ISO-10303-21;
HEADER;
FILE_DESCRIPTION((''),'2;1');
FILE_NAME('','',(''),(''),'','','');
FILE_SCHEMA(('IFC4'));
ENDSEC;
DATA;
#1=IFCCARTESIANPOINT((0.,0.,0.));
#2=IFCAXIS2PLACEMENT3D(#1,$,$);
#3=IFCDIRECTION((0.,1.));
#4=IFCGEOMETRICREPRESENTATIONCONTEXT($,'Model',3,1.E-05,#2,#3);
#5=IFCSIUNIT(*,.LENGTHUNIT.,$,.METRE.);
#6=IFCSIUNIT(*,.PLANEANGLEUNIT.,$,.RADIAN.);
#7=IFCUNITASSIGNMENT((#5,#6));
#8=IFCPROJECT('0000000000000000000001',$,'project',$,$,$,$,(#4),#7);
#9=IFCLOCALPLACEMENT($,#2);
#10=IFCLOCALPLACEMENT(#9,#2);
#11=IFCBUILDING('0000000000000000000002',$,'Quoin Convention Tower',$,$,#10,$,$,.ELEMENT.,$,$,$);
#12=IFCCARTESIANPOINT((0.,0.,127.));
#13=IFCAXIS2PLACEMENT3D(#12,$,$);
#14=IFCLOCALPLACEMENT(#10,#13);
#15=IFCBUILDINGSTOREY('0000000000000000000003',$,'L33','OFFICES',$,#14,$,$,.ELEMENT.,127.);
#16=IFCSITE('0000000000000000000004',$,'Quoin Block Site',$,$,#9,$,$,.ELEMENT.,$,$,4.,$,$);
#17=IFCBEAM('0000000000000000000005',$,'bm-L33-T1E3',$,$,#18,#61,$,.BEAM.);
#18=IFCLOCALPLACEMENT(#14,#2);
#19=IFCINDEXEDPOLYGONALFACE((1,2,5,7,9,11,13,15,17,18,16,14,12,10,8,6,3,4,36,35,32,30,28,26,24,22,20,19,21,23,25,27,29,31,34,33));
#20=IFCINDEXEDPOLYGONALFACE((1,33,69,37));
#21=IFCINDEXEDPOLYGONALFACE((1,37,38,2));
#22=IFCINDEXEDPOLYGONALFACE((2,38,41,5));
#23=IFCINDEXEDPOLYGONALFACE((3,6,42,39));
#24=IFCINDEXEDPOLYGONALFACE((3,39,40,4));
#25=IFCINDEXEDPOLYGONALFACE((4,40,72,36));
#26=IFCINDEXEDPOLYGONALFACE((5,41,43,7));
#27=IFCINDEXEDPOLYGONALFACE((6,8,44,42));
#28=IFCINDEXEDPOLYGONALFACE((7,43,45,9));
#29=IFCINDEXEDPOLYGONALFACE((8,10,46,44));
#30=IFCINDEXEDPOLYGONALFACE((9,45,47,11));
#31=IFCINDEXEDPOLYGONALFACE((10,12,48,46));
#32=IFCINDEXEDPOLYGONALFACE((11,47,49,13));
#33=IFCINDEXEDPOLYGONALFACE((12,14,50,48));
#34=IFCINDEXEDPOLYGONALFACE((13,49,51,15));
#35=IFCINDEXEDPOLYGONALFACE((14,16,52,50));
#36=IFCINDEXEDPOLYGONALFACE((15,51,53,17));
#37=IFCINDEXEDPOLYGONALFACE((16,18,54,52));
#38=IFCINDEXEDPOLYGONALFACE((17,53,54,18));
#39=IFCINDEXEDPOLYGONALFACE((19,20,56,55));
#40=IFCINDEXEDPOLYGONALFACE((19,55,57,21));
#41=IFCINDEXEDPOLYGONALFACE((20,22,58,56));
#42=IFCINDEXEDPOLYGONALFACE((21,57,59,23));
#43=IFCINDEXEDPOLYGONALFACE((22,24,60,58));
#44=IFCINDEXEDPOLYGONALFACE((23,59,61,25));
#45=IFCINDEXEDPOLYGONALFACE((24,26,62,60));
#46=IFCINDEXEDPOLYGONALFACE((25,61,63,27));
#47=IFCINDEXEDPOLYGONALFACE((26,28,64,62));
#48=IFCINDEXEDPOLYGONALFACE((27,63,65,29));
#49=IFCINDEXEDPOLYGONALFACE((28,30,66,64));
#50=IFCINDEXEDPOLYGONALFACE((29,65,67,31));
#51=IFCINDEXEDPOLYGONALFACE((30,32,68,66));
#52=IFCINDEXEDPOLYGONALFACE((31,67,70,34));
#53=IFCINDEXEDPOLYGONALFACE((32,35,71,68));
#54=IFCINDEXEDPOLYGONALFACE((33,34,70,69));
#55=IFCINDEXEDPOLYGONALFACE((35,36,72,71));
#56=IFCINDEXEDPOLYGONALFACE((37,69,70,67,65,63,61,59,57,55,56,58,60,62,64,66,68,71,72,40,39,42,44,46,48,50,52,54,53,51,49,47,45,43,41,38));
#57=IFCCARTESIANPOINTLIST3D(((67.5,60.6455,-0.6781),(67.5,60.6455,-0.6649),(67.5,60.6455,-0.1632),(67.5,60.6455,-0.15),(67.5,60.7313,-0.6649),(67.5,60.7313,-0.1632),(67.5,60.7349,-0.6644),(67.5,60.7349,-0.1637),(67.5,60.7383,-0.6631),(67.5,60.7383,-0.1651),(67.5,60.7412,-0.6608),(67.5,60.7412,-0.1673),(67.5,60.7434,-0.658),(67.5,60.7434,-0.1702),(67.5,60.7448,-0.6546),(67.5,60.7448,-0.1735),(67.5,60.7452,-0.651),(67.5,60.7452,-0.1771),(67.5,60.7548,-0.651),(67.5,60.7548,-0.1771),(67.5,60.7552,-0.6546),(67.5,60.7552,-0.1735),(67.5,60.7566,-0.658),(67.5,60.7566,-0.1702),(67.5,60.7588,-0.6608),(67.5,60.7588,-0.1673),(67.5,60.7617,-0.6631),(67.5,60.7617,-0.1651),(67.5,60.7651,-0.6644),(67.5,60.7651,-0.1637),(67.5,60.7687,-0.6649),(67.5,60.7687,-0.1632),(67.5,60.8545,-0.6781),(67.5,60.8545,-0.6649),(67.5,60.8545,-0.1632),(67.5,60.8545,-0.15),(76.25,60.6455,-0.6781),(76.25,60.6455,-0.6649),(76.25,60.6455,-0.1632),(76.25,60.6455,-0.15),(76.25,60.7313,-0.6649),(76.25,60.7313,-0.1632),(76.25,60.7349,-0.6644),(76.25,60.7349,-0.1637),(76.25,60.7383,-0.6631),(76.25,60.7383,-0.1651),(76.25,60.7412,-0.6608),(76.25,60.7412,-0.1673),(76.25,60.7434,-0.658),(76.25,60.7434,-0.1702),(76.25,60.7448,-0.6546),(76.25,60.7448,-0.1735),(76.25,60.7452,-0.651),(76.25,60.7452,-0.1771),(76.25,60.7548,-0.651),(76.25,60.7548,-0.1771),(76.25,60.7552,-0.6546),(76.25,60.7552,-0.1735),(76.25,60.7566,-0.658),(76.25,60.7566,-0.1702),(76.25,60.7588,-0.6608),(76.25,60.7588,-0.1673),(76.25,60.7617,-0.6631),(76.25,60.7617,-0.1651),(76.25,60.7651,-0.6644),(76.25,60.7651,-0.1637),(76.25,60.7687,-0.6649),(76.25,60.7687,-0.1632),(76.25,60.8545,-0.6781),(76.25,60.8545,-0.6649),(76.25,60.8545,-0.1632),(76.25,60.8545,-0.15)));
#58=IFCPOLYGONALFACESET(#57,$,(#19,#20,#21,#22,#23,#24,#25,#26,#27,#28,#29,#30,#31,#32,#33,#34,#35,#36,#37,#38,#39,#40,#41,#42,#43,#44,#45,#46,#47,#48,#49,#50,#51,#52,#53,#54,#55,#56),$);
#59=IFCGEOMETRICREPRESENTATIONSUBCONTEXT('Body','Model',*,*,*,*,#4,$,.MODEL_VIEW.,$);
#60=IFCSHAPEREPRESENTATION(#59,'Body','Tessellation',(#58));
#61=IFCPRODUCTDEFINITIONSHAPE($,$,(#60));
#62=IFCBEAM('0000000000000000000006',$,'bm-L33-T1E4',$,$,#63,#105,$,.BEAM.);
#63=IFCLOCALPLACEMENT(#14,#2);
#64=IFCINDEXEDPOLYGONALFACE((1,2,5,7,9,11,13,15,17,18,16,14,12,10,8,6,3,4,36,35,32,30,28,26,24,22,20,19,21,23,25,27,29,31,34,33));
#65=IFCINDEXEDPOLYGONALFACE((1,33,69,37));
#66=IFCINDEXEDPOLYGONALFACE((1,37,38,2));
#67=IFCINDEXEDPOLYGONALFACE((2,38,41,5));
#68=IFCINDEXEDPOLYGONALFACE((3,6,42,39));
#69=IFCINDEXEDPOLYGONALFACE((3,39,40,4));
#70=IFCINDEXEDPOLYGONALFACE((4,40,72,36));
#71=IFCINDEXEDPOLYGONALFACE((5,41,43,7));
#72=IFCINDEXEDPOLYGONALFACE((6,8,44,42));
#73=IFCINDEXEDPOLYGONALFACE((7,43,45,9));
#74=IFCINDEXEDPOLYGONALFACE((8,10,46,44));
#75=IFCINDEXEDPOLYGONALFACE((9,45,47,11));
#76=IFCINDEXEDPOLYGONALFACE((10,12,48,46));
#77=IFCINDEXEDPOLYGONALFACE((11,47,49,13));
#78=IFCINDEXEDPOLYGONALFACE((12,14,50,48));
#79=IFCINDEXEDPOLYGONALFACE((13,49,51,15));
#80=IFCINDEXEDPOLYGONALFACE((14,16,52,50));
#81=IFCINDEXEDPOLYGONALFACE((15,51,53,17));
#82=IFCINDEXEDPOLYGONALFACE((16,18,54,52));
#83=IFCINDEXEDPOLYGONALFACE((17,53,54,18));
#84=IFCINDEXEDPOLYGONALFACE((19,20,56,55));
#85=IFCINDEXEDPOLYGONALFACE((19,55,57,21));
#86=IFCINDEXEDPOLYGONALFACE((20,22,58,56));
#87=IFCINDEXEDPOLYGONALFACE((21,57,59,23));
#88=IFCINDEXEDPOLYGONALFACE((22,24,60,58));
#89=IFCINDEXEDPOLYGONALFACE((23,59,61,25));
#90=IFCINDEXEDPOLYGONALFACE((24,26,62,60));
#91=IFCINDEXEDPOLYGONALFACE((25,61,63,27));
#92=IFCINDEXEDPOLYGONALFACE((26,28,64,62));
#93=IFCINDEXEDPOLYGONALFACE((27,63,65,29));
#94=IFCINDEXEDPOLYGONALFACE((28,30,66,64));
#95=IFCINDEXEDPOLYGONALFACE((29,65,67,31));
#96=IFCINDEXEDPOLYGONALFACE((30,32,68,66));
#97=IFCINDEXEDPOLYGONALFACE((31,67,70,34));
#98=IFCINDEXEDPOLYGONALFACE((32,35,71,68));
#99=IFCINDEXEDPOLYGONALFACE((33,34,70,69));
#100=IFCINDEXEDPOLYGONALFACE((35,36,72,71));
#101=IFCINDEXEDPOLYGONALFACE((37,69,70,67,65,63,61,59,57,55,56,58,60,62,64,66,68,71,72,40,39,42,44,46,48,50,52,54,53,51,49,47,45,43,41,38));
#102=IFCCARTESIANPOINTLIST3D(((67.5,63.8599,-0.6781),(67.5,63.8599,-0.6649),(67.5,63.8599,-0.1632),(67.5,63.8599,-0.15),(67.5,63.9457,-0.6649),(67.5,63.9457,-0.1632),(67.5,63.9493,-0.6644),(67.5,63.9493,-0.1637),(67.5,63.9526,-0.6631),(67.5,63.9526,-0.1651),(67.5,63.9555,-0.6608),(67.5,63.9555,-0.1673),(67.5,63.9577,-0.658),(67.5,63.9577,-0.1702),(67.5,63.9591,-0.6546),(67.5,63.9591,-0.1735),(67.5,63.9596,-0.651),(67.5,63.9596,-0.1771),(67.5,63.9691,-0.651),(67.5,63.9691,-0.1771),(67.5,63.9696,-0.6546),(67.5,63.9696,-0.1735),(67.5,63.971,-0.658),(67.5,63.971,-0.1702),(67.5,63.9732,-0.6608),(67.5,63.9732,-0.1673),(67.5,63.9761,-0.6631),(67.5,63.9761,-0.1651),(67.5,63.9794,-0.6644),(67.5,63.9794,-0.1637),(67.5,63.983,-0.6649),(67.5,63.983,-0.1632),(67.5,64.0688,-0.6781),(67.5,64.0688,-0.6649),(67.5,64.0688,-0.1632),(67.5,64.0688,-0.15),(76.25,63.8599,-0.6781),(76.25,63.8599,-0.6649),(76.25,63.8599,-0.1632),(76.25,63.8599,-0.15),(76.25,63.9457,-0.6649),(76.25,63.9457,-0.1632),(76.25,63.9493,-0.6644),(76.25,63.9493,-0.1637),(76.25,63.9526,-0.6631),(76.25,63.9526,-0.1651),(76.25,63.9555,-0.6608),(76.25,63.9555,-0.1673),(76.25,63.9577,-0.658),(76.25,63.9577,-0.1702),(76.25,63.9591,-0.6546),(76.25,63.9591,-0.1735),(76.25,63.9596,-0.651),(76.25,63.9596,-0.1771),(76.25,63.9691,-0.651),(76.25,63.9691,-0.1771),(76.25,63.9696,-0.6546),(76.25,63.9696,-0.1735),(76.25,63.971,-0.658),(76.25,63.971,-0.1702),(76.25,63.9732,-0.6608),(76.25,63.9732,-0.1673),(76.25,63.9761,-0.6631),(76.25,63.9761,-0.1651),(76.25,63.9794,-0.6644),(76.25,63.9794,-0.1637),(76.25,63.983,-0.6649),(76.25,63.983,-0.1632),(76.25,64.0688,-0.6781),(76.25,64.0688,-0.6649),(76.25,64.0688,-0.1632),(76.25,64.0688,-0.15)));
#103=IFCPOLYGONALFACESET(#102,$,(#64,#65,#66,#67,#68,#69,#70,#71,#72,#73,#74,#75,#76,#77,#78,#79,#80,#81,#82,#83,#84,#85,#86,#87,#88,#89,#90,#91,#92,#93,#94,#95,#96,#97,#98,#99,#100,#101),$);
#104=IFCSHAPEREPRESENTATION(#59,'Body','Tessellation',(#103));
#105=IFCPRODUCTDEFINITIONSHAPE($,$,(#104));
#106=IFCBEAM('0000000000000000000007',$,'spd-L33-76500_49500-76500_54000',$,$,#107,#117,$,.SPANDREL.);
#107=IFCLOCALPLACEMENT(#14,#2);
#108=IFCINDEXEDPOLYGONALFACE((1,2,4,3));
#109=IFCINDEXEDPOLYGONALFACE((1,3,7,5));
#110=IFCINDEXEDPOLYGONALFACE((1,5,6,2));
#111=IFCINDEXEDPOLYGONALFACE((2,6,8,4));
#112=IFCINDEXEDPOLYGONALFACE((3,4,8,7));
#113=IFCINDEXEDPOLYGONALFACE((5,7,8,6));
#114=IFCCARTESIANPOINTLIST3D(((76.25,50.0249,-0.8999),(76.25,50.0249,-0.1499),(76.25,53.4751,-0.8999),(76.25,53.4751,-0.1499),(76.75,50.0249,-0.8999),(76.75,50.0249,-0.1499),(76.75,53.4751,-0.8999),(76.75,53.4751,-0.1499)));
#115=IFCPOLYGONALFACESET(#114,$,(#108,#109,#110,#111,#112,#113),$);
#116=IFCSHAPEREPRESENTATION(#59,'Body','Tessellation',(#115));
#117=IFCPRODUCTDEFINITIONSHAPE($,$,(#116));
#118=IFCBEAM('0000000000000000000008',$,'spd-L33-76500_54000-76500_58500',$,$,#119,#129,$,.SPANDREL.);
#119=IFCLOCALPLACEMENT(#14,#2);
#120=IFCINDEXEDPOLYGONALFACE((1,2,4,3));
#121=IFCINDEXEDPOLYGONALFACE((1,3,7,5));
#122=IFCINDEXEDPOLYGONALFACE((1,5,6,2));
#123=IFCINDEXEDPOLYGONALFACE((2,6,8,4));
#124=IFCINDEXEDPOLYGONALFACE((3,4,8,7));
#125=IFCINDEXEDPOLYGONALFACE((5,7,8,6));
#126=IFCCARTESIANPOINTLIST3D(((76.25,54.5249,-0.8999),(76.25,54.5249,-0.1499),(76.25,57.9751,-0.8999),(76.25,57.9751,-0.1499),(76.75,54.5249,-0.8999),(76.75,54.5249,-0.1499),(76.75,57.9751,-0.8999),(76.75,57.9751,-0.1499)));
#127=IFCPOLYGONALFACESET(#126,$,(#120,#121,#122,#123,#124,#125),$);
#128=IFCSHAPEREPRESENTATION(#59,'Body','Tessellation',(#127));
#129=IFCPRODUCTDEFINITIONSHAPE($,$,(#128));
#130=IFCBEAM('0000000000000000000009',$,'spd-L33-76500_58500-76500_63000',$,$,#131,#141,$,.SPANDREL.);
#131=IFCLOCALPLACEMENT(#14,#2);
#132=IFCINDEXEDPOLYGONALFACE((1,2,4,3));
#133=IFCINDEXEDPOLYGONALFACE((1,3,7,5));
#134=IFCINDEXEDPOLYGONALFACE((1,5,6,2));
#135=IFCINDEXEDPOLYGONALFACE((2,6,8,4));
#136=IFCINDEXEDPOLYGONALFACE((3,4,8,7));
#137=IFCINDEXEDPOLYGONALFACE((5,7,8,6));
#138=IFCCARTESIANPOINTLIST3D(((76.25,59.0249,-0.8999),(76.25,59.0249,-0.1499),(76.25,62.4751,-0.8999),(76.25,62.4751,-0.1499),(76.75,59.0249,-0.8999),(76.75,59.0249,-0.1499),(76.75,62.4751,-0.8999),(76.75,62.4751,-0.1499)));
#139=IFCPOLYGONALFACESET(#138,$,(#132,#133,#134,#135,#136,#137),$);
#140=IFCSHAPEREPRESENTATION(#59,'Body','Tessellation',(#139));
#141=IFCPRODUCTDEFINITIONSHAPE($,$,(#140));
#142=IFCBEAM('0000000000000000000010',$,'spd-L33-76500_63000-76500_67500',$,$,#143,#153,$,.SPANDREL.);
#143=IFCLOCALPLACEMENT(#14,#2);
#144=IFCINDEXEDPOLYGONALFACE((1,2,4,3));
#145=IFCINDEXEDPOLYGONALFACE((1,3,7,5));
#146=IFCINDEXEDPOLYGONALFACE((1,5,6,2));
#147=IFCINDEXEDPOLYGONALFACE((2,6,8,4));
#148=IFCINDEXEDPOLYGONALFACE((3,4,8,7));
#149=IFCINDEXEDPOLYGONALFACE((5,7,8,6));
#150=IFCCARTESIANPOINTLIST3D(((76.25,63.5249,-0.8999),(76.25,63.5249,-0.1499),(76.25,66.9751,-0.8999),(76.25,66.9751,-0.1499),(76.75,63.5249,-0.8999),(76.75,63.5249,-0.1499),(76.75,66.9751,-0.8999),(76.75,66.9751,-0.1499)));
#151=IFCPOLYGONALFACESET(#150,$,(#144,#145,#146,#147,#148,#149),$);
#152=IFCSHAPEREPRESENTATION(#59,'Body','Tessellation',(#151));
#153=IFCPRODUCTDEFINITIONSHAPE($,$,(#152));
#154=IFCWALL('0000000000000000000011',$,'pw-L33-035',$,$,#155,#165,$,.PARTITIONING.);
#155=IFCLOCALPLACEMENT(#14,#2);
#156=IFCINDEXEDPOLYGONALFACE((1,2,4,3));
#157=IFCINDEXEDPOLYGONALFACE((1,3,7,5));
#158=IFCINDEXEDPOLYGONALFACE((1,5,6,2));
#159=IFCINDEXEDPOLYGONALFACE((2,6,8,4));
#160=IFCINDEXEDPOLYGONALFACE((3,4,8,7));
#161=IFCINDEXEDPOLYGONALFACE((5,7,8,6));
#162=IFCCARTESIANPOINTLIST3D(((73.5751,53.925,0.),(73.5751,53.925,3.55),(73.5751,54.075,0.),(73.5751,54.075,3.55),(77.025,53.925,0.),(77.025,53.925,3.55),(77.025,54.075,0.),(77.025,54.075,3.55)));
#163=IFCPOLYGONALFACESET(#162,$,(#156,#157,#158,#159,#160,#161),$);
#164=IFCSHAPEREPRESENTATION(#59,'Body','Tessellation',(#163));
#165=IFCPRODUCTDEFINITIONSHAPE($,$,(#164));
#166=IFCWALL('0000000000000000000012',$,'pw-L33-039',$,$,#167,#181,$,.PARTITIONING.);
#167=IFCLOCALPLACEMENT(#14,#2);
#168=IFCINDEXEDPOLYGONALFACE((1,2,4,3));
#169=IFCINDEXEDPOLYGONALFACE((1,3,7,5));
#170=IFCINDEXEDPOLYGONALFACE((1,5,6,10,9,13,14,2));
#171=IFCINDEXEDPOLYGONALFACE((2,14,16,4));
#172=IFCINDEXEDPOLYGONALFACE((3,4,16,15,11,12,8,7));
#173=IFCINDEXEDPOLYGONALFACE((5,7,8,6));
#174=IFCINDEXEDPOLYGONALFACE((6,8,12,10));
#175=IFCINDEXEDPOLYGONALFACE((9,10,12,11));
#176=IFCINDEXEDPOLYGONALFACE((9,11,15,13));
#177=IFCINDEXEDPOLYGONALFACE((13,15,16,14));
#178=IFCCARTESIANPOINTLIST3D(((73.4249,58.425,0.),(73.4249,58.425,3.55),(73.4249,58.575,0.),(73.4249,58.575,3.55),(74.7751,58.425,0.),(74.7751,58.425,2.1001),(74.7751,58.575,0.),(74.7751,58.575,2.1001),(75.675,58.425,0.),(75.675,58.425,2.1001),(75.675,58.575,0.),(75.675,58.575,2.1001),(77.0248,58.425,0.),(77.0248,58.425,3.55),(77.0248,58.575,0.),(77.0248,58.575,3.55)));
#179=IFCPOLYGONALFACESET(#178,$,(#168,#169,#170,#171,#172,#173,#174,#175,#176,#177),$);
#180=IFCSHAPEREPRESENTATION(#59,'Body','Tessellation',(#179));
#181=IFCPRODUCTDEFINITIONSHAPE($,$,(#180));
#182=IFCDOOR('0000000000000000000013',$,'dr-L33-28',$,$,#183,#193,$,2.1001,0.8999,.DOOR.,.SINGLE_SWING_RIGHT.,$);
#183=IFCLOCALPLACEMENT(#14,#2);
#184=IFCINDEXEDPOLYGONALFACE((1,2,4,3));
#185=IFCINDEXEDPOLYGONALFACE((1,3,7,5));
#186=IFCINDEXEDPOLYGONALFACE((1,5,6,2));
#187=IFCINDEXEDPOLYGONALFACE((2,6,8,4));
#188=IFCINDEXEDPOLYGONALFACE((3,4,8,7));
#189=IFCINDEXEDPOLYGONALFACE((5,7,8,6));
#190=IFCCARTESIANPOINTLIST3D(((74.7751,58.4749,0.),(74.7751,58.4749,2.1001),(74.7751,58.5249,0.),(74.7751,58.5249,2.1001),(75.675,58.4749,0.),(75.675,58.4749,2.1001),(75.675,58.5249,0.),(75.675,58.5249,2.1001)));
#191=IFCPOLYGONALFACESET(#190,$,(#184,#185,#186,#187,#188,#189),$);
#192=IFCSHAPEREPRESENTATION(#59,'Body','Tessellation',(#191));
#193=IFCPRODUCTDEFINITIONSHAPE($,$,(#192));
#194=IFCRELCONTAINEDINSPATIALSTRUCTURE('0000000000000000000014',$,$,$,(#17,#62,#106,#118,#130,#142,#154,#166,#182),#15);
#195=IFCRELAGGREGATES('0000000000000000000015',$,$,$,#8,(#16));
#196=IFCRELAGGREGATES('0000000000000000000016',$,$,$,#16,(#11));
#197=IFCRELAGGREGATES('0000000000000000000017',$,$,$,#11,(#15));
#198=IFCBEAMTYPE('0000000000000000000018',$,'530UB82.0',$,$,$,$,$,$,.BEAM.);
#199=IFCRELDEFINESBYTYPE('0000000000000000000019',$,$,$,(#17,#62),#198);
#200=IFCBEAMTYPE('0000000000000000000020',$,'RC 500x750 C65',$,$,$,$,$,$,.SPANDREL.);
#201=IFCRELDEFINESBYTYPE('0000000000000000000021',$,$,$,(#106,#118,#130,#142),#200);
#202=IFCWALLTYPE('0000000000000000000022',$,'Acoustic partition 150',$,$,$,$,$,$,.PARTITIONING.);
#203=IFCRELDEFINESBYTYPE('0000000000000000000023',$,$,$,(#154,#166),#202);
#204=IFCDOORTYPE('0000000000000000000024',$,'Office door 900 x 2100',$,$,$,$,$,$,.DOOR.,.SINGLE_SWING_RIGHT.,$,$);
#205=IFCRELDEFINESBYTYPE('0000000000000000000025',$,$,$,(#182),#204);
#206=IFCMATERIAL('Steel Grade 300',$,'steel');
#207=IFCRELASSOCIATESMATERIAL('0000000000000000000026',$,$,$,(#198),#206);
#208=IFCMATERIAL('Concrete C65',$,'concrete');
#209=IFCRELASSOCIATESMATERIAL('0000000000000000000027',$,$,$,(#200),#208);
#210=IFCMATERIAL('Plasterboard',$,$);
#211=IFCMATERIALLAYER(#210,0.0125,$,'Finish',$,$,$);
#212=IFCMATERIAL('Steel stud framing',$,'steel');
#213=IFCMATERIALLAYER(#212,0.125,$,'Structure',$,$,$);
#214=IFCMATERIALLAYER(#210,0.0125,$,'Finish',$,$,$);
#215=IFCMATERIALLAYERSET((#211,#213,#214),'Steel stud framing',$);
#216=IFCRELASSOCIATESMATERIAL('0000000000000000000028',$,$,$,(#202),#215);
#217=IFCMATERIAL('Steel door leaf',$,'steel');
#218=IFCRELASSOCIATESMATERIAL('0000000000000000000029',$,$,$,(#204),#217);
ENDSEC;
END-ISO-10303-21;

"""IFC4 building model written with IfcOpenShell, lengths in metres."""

from ifc_helpers import new_model, si_unit, direction, frame, frame_2d, origin, origin_2d, place, context, subcontext, project, spatial, rectangle, i_section, extrude, material, layer, layer_set, material_profile, profile_set, type_object, element, fill, save


model = new_model("IFC4")

# Units and contexts
model_context = context("Model", 3, precision=1e-05, world=origin(), true_north=direction((0.0, 1.0)))
body_context = subcontext(model_context, "Body", "Model", "MODEL_VIEW")
ifc_project = project(units=[si_unit("LENGTHUNIT", "METRE"), si_unit("PLANEANGLEUNIT", "RADIAN")], contexts=[model_context])

# Site, building, storey
site_placement = place(None, origin())
site = spatial("IfcSite", under=ifc_project, at=site_placement, Name="Quoin Block Site", CompositionType="ELEMENT", RefElevation=4.0)
building_placement = place(site_placement, origin())
building = spatial("IfcBuilding", under=site, at=building_placement, Name="Quoin Convention Tower", CompositionType="ELEMENT")
storey_placement = place(building_placement, frame((0.0, 0.0, 127.0)))
storey = spatial("IfcBuildingStorey", under=building, at=storey_placement, Name="L33", Description="OFFICES", CompositionType="ELEMENT", Elevation=127.0)

# Shared definitions
ifc_material_1 = material(Name="Concrete C65", Category="concrete")

# Beams
ifc_material_2 = material(Name="Steel Grade 300", Category="steel")
ifc_material_profile_1 = material_profile(ifc_material_2, i_section(OverallWidth=0.209, OverallDepth=0.5281, WebThickness=0.0095, FlangeThickness=0.0132, FilletRadius=0.0139, at=origin_2d()), Name="530UB82.0")
ifc_profile_set_1 = profile_set([ifc_material_profile_1], Name="Steel Grade 300")
beam_type_1 = type_object("IfcBeamType", Name="530UB82.0", PredefinedType="BEAM", material=ifc_profile_set_1)
for number, where, z_axis, x_axis, name in (
    (1, (67.5, 60.75, -0.4141), (1.0, 0.0, 0.0), (0.0, 1.0, 0.0), "bm-L33-T1E3"),
    (2, (67.5, 63.9644, -0.4141), (1.0, 0.0, 0.0), (0.0, 1.0, 0.0), "bm-L33-T1E4"),
):
    element("IfcBeam", number, at=place(storey_placement, frame(where, z_axis=z_axis, x_axis=x_axis)), inside=storey, type_object=beam_type_1, Name=name, PredefinedType="BEAM", context=body_context, shape_type="SweptSolid", body=[
        extrude(i_section(OverallWidth=0.209, OverallDepth=0.5281, WebThickness=0.0095, FlangeThickness=0.0132, FilletRadius=0.0139, at=origin_2d()), origin(), (0.0, 0.0, 1.0), 8.75),
    ])
ifc_material_profile_2 = material_profile(ifc_material_1, rectangle(XDim=0.5, YDim=0.75, at=origin_2d()), Name="RC 500x750")
ifc_profile_set_2 = profile_set([ifc_material_profile_2], Name="Concrete C65")
beam_type_2 = type_object("IfcBeamType", Name="RC 500x750 C65", PredefinedType="SPANDREL", material=ifc_profile_set_2)
for number, where, z_axis, x_axis, name in (
    (3, (76.5, 50.0249, -0.5249), (0.0, 1.0, 0.0), (-1.0, 0.0, 0.0), "spd-L33-76500_49500-76500_54000"),
    (4, (76.5, 54.5249, -0.5249), (0.0, 1.0, 0.0), (-1.0, 0.0, 0.0), "spd-L33-76500_54000-76500_58500"),
    (5, (76.5, 59.0249, -0.5249), (0.0, 1.0, 0.0), (-1.0, 0.0, 0.0), "spd-L33-76500_58500-76500_63000"),
    (6, (76.5, 63.5249, -0.5249), (0.0, 1.0, 0.0), (-1.0, 0.0, 0.0), "spd-L33-76500_63000-76500_67500"),
):
    element("IfcBeam", number, at=place(storey_placement, frame(where, z_axis=z_axis, x_axis=x_axis)), inside=storey, type_object=beam_type_2, Name=name, PredefinedType="SPANDREL", context=body_context, shape_type="SweptSolid", body=[
        extrude(rectangle(XDim=0.5, YDim=0.75, at=origin_2d()), origin(), (0.0, 0.0, 1.0), 3.4502),
    ])

# Wall
ifc_material_3 = material(Name="Plasterboard")
ifc_layer_1 = layer(ifc_material_3, 0.0125, Name="Finish")
ifc_material_4 = material(Name="Steel stud framing", Category="steel")
ifc_layer_2 = layer(ifc_material_4, 0.125, Name="Structure")
ifc_layer_3 = layer(ifc_material_3, 0.0125, Name="Finish")
ifc_layer_set_1 = layer_set([ifc_layer_1, ifc_layer_2, ifc_layer_3], Name="Steel stud framing")
wall_type_1 = type_object("IfcWallType", Name="Acoustic partition 150", PredefinedType="PARTITIONING", material=ifc_layer_set_1)
wall_1_placement = place(storey_placement, frame((73.575, 54.0, 0.0), z_axis=(0.0, 0.0, 1.0), x_axis=(1.0, 0.0, 0.0)))
element("IfcWall", 7, at=wall_1_placement, inside=storey, type_object=wall_type_1, Name="pw-L33-035", PredefinedType="PARTITIONING", context=body_context, shape_type="SweptSolid", body=[
    extrude(rectangle(XDim=3.45, YDim=0.1499, at=frame_2d((1.7251, 0.0))), origin(), (0.0, 0.0, 1.0), 3.55),
])

# Wall, opening, door
wall_2_placement = place(storey_placement, frame((73.425, 58.5, 0.0), z_axis=(0.0, 0.0, 1.0), x_axis=(1.0, 0.0, 0.0)))
wall_2 = element("IfcWall", 8, at=wall_2_placement, inside=storey, type_object=wall_type_1, Name="pw-L33-039", PredefinedType="PARTITIONING", context=body_context, shape_type="SweptSolid", body=[
    extrude(rectangle(XDim=3.5999, YDim=0.1499, at=frame_2d((1.7998, 0.0))), origin(), (0.0, 0.0, 1.0), 3.55),
])
opening_1_placement = place(wall_2_placement, frame((1.3501, 0.0, 0.0)))
opening_1 = element("IfcOpeningElement", 9, at=opening_1_placement, cuts=wall_2, PredefinedType="OPENING", context=body_context, shape_type="SweptSolid", body=[
    extrude(rectangle(XDim=0.8999, YDim=2.1001, at=frame_2d((0.45, 1.05))), frame((0.0, 0.085, 0.0), z_axis=(0.0, -1.0, 0.0), x_axis=(1.0, 0.0, 0.0)), (0.0, 0.0, 1.0), 0.1699),
])
ifc_material_5 = material(Name="Steel door leaf", Category="steel")
door_type_1 = type_object("IfcDoorType", Name="Office door 900 x 2100", OperationType="SINGLE_SWING_RIGHT", PredefinedType="DOOR", material=ifc_material_5)
door_1_placement = place(opening_1_placement, origin())
door_1 = element("IfcDoor", 10, at=door_1_placement, inside=storey, type_object=door_type_1, Name="dr-L33-28", OperationType="SINGLE_SWING_RIGHT", OverallHeight=2.1001, OverallWidth=0.8999, PredefinedType="DOOR", context=body_context, shape_type="SweptSolid", body=[
    extrude(rectangle(XDim=0.8999, YDim=2.1001, at=frame_2d((0.45, 1.05))), frame((0.0, 0.0249, 0.0), z_axis=(0.0, -1.0, 0.0), x_axis=(1.0, 0.0, 0.0)), (0.0, 0.0, 1.0), 0.05),
])
fill(opening_1, door_1)

save(model, "model.ifc")
